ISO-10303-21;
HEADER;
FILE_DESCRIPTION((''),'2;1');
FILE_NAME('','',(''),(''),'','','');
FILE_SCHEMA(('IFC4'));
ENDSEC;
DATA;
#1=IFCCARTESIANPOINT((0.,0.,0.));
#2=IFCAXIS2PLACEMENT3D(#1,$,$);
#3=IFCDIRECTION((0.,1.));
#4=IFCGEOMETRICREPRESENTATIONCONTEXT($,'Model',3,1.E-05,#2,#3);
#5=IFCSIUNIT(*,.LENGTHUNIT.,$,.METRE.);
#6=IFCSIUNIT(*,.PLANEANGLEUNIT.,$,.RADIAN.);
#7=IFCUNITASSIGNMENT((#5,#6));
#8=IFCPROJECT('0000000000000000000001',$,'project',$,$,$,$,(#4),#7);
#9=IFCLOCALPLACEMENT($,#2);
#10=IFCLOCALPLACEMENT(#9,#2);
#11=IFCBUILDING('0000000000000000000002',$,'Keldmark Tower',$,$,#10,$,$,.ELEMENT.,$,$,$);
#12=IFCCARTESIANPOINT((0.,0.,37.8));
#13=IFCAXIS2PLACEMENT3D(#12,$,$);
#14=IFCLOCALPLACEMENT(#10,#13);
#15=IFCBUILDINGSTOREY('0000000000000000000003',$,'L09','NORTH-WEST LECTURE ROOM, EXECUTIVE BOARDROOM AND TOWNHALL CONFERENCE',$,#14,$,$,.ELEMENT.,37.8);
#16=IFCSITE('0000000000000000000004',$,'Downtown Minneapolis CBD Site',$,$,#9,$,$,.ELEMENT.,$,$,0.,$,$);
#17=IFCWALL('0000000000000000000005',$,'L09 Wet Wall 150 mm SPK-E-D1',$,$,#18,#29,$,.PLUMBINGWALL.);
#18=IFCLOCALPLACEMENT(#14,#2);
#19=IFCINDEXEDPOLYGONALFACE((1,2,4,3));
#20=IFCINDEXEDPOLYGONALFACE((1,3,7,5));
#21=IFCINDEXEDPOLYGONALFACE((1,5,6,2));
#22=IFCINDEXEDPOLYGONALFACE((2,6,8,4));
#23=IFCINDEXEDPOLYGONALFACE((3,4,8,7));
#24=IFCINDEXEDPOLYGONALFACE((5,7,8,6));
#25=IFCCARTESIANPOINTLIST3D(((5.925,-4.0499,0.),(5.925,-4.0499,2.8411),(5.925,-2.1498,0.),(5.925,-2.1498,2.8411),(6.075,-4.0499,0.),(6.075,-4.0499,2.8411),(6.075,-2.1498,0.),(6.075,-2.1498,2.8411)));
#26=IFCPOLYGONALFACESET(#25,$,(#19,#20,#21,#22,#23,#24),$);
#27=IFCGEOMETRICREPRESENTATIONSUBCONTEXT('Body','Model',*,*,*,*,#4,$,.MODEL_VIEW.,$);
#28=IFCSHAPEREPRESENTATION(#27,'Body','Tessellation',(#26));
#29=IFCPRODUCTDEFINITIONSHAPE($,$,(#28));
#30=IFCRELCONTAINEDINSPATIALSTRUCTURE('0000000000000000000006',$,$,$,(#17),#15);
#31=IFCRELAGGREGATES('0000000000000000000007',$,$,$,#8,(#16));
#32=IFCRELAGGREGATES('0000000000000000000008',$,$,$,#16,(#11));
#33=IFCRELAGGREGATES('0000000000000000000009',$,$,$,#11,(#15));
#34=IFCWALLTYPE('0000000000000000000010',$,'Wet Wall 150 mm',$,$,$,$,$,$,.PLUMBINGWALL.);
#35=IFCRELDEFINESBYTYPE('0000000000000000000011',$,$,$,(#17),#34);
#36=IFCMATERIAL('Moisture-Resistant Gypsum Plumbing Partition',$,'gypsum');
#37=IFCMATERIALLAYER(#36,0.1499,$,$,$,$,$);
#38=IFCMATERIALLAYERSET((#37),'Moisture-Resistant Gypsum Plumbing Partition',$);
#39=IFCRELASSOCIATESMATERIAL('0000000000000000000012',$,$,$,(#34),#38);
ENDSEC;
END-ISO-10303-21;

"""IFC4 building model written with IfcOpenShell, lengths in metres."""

from ifc_helpers import new_model, si_unit, direction, frame, frame_2d, origin, place, context, subcontext, project, spatial, rectangle, extrude, material, layer, layer_set, type_object, element, save


model = new_model("IFC4")

# Units and contexts
model_context = context("Model", 3, precision=1e-05, world=origin(), true_north=direction((0.0, 1.0)))
body_context = subcontext(model_context, "Body", "Model", "MODEL_VIEW")
ifc_project = project(units=[si_unit("LENGTHUNIT", "METRE"), si_unit("PLANEANGLEUNIT", "RADIAN")], contexts=[model_context])

# Site, building, storey
site_placement = place(None, origin())
site = spatial("IfcSite", under=ifc_project, at=site_placement, Name="Downtown Minneapolis CBD Site", CompositionType="ELEMENT", RefElevation=0.0)
building_placement = place(site_placement, origin())
building = spatial("IfcBuilding", under=site, at=building_placement, Name="Keldmark Tower", CompositionType="ELEMENT")
storey_placement = place(building_placement, frame((0.0, 0.0, 37.8)))
storey = spatial("IfcBuildingStorey", under=building, at=storey_placement, Name="L09", Description="NORTH-WEST LECTURE ROOM, EXECUTIVE BOARDROOM AND TOWNHALL CONFERENCE", CompositionType="ELEMENT", Elevation=37.8)

# Wall
ifc_material_1 = material(Name="Moisture-Resistant Gypsum Plumbing Partition", Category="gypsum")
ifc_layer_1 = layer(ifc_material_1, 0.1499)
ifc_layer_set_1 = layer_set([ifc_layer_1], Name="Moisture-Resistant Gypsum Plumbing Partition")
wall_type_1 = type_object("IfcWallType", Name="Wet Wall 150 mm", PredefinedType="PLUMBINGWALL", material=ifc_layer_set_1)
wall_1_placement = place(storey_placement, frame((6.0, -4.05, 0.0), z_axis=(0.0, 0.0, 1.0), x_axis=(0.0, 1.0, 0.0)))
element("IfcWall", 1, at=wall_1_placement, inside=storey, type_object=wall_type_1, Name="L09 Wet Wall 150 mm SPK-E-D1", PredefinedType="PLUMBINGWALL", context=body_context, shape_type="SweptSolid", body=[
    extrude(rectangle(XDim=1.9001, YDim=0.1499, at=frame_2d((0.9502, 0.0))), origin(), (0.0, 0.0, 1.0), 2.8411),
])

save(model, "model.ifc")
